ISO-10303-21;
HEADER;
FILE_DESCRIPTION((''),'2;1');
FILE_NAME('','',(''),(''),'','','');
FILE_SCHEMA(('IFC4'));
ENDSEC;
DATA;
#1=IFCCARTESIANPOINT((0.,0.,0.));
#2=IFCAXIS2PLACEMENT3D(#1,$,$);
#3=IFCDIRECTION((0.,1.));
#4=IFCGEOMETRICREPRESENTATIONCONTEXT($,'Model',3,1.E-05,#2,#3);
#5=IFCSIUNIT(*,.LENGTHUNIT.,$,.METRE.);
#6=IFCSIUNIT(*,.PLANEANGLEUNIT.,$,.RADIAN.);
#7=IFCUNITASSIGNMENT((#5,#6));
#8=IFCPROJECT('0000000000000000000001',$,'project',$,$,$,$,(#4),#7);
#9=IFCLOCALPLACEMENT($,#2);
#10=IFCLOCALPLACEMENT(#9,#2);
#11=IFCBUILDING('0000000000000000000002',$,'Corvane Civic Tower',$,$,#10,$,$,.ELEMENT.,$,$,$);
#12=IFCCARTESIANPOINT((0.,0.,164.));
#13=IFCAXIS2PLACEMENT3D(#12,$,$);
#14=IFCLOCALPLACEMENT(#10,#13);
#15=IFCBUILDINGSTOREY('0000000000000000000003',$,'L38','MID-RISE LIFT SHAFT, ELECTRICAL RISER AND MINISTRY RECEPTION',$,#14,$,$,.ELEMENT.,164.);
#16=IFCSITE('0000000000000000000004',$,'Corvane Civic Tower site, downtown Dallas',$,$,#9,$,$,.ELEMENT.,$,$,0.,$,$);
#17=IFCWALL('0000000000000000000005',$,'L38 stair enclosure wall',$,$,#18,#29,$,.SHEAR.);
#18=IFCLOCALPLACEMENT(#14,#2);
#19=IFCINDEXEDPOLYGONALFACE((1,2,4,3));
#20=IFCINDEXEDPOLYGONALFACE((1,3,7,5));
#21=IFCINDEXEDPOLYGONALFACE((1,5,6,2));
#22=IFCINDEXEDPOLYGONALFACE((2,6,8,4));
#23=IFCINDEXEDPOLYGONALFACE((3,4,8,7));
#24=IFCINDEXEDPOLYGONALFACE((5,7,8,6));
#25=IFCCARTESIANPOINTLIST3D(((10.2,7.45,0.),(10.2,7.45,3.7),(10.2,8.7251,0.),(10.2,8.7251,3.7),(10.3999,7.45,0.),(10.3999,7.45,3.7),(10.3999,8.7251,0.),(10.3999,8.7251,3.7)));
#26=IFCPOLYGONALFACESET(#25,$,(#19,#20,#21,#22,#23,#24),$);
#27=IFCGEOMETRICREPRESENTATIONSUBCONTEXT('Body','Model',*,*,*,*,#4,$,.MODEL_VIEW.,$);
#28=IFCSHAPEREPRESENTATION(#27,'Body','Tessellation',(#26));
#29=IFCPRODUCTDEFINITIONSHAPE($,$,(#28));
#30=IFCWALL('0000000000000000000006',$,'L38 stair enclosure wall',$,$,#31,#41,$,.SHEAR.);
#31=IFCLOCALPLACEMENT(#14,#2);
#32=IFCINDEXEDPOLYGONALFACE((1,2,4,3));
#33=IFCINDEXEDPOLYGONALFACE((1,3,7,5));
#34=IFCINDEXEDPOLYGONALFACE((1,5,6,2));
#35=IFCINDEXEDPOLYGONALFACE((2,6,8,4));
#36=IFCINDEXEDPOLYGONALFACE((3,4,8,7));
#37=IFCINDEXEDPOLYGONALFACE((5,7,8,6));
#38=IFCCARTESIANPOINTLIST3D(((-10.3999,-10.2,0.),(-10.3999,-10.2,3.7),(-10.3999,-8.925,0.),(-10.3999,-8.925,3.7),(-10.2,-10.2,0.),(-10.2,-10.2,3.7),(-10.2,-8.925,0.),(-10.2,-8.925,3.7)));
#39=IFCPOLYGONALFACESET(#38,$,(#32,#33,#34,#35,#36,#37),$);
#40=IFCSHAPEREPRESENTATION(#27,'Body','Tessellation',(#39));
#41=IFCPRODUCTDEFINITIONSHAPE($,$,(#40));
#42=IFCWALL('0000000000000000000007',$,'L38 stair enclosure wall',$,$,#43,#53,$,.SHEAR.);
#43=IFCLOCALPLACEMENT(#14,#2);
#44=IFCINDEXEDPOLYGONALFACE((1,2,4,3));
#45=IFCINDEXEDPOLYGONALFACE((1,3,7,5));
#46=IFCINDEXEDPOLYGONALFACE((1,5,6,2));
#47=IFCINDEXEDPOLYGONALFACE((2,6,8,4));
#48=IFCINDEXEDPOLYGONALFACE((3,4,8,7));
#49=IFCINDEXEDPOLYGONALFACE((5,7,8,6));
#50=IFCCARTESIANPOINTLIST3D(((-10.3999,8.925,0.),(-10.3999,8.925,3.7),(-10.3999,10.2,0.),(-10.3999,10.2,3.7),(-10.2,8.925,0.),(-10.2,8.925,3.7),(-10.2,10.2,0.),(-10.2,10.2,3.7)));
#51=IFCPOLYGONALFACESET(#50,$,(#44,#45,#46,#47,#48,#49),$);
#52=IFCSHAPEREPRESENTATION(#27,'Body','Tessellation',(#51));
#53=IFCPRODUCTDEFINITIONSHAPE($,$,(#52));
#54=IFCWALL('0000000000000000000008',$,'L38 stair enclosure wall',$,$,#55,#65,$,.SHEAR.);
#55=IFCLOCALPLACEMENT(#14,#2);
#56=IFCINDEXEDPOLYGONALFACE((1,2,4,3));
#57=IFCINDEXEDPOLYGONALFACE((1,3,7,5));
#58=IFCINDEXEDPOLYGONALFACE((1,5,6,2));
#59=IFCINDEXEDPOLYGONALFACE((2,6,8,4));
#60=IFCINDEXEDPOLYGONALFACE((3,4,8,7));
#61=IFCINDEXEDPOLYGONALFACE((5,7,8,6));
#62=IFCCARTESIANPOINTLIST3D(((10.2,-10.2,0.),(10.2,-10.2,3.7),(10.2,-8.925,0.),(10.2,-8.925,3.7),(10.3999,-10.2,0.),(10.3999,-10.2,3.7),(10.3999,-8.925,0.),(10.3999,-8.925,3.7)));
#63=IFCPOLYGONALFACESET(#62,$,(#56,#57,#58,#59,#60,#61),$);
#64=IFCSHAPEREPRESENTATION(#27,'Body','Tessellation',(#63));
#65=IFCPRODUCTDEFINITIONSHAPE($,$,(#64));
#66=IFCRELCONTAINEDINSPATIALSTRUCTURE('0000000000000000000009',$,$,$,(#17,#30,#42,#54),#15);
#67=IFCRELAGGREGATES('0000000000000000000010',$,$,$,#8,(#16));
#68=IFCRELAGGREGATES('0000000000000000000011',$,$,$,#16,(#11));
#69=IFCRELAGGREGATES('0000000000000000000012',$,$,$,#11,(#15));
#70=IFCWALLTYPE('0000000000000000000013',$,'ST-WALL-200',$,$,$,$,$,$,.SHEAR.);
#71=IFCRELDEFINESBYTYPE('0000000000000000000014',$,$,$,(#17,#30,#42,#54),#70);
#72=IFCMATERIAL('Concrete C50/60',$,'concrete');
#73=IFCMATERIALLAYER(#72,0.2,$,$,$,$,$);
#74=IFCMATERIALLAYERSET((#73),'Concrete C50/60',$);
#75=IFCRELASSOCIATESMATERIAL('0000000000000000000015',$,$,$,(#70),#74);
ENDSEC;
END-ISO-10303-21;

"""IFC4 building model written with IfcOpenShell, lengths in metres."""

from ifc_helpers import new_model, si_unit, direction, frame, origin, place, context, subcontext, project, spatial, polyline, outline, extrude, material, layer, layer_set, type_object, element, save


model = new_model("IFC4")

# Units and contexts
model_context = context("Model", 3, precision=1e-05, world=origin(), true_north=direction((0.0, 1.0)))
body_context = subcontext(model_context, "Body", "Model", "MODEL_VIEW")
ifc_project = project(units=[si_unit("LENGTHUNIT", "METRE"), si_unit("PLANEANGLEUNIT", "RADIAN")], contexts=[model_context])

# Site, building, storey
site_placement = place(None, origin())
site = spatial("IfcSite", under=ifc_project, at=site_placement, Name="Corvane Civic Tower site, downtown Dallas", CompositionType="ELEMENT", RefElevation=0.0)
building_placement = place(site_placement, origin())
building = spatial("IfcBuilding", under=site, at=building_placement, Name="Corvane Civic Tower", CompositionType="ELEMENT")
storey_placement = place(building_placement, frame((0.0, 0.0, 164.0)))
storey = spatial("IfcBuildingStorey", under=building, at=storey_placement, Name="L38", Description="MID-RISE LIFT SHAFT, ELECTRICAL RISER AND MINISTRY RECEPTION", CompositionType="ELEMENT", Elevation=164.0)

# Walls
ifc_material_1 = material(Name="Concrete C50/60", Category="concrete")
ifc_layer_1 = layer(ifc_material_1, 0.2)
ifc_layer_set_1 = layer_set([ifc_layer_1], Name="Concrete C50/60")
wall_type_1 = type_object("IfcWallType", Name="ST-WALL-200", PredefinedType="SHEAR", material=ifc_layer_set_1)
wall_1_placement = place(storey_placement, origin())
element("IfcWall", 1, at=wall_1_placement, inside=storey, type_object=wall_type_1, Name="L38 stair enclosure wall", PredefinedType="SHEAR", context=body_context, shape_type="SweptSolid", body=[
    extrude(outline(polyline([(10.3999, 8.7251), (10.3999, 7.45), (10.2, 7.45), (10.2, 8.7251), (10.3999, 8.7251)])), origin(), (0.0, 0.0, 1.0), 3.7),
])
wall_2_placement = place(storey_placement, origin())
element("IfcWall", 2, at=wall_2_placement, inside=storey, type_object=wall_type_1, Name="L38 stair enclosure wall", PredefinedType="SHEAR", context=body_context, shape_type="SweptSolid", body=[
    extrude(outline(polyline([(-10.2, -8.925), (-10.2, -10.2), (-10.3999, -10.2), (-10.3999, -8.925), (-10.2, -8.925)])), origin(), (0.0, 0.0, 1.0), 3.7),
])
wall_3_placement = place(storey_placement, origin())
element("IfcWall", 3, at=wall_3_placement, inside=storey, type_object=wall_type_1, Name="L38 stair enclosure wall", PredefinedType="SHEAR", context=body_context, shape_type="SweptSolid", body=[
    extrude(outline(polyline([(-10.2, 8.925), (-10.3999, 8.925), (-10.3999, 10.2), (-10.2, 10.2), (-10.2, 8.925)])), origin(), (0.0, 0.0, 1.0), 3.7),
])
wall_4_placement = place(storey_placement, origin())
element("IfcWall", 4, at=wall_4_placement, inside=storey, type_object=wall_type_1, Name="L38 stair enclosure wall", PredefinedType="SHEAR", context=body_context, shape_type="SweptSolid", body=[
    extrude(outline(polyline([(10.3999, -8.925), (10.3999, -10.2), (10.2, -10.2), (10.2, -8.925), (10.3999, -8.925)])), origin(), (0.0, 0.0, 1.0), 3.7),
])

save(model, "model.ifc")
